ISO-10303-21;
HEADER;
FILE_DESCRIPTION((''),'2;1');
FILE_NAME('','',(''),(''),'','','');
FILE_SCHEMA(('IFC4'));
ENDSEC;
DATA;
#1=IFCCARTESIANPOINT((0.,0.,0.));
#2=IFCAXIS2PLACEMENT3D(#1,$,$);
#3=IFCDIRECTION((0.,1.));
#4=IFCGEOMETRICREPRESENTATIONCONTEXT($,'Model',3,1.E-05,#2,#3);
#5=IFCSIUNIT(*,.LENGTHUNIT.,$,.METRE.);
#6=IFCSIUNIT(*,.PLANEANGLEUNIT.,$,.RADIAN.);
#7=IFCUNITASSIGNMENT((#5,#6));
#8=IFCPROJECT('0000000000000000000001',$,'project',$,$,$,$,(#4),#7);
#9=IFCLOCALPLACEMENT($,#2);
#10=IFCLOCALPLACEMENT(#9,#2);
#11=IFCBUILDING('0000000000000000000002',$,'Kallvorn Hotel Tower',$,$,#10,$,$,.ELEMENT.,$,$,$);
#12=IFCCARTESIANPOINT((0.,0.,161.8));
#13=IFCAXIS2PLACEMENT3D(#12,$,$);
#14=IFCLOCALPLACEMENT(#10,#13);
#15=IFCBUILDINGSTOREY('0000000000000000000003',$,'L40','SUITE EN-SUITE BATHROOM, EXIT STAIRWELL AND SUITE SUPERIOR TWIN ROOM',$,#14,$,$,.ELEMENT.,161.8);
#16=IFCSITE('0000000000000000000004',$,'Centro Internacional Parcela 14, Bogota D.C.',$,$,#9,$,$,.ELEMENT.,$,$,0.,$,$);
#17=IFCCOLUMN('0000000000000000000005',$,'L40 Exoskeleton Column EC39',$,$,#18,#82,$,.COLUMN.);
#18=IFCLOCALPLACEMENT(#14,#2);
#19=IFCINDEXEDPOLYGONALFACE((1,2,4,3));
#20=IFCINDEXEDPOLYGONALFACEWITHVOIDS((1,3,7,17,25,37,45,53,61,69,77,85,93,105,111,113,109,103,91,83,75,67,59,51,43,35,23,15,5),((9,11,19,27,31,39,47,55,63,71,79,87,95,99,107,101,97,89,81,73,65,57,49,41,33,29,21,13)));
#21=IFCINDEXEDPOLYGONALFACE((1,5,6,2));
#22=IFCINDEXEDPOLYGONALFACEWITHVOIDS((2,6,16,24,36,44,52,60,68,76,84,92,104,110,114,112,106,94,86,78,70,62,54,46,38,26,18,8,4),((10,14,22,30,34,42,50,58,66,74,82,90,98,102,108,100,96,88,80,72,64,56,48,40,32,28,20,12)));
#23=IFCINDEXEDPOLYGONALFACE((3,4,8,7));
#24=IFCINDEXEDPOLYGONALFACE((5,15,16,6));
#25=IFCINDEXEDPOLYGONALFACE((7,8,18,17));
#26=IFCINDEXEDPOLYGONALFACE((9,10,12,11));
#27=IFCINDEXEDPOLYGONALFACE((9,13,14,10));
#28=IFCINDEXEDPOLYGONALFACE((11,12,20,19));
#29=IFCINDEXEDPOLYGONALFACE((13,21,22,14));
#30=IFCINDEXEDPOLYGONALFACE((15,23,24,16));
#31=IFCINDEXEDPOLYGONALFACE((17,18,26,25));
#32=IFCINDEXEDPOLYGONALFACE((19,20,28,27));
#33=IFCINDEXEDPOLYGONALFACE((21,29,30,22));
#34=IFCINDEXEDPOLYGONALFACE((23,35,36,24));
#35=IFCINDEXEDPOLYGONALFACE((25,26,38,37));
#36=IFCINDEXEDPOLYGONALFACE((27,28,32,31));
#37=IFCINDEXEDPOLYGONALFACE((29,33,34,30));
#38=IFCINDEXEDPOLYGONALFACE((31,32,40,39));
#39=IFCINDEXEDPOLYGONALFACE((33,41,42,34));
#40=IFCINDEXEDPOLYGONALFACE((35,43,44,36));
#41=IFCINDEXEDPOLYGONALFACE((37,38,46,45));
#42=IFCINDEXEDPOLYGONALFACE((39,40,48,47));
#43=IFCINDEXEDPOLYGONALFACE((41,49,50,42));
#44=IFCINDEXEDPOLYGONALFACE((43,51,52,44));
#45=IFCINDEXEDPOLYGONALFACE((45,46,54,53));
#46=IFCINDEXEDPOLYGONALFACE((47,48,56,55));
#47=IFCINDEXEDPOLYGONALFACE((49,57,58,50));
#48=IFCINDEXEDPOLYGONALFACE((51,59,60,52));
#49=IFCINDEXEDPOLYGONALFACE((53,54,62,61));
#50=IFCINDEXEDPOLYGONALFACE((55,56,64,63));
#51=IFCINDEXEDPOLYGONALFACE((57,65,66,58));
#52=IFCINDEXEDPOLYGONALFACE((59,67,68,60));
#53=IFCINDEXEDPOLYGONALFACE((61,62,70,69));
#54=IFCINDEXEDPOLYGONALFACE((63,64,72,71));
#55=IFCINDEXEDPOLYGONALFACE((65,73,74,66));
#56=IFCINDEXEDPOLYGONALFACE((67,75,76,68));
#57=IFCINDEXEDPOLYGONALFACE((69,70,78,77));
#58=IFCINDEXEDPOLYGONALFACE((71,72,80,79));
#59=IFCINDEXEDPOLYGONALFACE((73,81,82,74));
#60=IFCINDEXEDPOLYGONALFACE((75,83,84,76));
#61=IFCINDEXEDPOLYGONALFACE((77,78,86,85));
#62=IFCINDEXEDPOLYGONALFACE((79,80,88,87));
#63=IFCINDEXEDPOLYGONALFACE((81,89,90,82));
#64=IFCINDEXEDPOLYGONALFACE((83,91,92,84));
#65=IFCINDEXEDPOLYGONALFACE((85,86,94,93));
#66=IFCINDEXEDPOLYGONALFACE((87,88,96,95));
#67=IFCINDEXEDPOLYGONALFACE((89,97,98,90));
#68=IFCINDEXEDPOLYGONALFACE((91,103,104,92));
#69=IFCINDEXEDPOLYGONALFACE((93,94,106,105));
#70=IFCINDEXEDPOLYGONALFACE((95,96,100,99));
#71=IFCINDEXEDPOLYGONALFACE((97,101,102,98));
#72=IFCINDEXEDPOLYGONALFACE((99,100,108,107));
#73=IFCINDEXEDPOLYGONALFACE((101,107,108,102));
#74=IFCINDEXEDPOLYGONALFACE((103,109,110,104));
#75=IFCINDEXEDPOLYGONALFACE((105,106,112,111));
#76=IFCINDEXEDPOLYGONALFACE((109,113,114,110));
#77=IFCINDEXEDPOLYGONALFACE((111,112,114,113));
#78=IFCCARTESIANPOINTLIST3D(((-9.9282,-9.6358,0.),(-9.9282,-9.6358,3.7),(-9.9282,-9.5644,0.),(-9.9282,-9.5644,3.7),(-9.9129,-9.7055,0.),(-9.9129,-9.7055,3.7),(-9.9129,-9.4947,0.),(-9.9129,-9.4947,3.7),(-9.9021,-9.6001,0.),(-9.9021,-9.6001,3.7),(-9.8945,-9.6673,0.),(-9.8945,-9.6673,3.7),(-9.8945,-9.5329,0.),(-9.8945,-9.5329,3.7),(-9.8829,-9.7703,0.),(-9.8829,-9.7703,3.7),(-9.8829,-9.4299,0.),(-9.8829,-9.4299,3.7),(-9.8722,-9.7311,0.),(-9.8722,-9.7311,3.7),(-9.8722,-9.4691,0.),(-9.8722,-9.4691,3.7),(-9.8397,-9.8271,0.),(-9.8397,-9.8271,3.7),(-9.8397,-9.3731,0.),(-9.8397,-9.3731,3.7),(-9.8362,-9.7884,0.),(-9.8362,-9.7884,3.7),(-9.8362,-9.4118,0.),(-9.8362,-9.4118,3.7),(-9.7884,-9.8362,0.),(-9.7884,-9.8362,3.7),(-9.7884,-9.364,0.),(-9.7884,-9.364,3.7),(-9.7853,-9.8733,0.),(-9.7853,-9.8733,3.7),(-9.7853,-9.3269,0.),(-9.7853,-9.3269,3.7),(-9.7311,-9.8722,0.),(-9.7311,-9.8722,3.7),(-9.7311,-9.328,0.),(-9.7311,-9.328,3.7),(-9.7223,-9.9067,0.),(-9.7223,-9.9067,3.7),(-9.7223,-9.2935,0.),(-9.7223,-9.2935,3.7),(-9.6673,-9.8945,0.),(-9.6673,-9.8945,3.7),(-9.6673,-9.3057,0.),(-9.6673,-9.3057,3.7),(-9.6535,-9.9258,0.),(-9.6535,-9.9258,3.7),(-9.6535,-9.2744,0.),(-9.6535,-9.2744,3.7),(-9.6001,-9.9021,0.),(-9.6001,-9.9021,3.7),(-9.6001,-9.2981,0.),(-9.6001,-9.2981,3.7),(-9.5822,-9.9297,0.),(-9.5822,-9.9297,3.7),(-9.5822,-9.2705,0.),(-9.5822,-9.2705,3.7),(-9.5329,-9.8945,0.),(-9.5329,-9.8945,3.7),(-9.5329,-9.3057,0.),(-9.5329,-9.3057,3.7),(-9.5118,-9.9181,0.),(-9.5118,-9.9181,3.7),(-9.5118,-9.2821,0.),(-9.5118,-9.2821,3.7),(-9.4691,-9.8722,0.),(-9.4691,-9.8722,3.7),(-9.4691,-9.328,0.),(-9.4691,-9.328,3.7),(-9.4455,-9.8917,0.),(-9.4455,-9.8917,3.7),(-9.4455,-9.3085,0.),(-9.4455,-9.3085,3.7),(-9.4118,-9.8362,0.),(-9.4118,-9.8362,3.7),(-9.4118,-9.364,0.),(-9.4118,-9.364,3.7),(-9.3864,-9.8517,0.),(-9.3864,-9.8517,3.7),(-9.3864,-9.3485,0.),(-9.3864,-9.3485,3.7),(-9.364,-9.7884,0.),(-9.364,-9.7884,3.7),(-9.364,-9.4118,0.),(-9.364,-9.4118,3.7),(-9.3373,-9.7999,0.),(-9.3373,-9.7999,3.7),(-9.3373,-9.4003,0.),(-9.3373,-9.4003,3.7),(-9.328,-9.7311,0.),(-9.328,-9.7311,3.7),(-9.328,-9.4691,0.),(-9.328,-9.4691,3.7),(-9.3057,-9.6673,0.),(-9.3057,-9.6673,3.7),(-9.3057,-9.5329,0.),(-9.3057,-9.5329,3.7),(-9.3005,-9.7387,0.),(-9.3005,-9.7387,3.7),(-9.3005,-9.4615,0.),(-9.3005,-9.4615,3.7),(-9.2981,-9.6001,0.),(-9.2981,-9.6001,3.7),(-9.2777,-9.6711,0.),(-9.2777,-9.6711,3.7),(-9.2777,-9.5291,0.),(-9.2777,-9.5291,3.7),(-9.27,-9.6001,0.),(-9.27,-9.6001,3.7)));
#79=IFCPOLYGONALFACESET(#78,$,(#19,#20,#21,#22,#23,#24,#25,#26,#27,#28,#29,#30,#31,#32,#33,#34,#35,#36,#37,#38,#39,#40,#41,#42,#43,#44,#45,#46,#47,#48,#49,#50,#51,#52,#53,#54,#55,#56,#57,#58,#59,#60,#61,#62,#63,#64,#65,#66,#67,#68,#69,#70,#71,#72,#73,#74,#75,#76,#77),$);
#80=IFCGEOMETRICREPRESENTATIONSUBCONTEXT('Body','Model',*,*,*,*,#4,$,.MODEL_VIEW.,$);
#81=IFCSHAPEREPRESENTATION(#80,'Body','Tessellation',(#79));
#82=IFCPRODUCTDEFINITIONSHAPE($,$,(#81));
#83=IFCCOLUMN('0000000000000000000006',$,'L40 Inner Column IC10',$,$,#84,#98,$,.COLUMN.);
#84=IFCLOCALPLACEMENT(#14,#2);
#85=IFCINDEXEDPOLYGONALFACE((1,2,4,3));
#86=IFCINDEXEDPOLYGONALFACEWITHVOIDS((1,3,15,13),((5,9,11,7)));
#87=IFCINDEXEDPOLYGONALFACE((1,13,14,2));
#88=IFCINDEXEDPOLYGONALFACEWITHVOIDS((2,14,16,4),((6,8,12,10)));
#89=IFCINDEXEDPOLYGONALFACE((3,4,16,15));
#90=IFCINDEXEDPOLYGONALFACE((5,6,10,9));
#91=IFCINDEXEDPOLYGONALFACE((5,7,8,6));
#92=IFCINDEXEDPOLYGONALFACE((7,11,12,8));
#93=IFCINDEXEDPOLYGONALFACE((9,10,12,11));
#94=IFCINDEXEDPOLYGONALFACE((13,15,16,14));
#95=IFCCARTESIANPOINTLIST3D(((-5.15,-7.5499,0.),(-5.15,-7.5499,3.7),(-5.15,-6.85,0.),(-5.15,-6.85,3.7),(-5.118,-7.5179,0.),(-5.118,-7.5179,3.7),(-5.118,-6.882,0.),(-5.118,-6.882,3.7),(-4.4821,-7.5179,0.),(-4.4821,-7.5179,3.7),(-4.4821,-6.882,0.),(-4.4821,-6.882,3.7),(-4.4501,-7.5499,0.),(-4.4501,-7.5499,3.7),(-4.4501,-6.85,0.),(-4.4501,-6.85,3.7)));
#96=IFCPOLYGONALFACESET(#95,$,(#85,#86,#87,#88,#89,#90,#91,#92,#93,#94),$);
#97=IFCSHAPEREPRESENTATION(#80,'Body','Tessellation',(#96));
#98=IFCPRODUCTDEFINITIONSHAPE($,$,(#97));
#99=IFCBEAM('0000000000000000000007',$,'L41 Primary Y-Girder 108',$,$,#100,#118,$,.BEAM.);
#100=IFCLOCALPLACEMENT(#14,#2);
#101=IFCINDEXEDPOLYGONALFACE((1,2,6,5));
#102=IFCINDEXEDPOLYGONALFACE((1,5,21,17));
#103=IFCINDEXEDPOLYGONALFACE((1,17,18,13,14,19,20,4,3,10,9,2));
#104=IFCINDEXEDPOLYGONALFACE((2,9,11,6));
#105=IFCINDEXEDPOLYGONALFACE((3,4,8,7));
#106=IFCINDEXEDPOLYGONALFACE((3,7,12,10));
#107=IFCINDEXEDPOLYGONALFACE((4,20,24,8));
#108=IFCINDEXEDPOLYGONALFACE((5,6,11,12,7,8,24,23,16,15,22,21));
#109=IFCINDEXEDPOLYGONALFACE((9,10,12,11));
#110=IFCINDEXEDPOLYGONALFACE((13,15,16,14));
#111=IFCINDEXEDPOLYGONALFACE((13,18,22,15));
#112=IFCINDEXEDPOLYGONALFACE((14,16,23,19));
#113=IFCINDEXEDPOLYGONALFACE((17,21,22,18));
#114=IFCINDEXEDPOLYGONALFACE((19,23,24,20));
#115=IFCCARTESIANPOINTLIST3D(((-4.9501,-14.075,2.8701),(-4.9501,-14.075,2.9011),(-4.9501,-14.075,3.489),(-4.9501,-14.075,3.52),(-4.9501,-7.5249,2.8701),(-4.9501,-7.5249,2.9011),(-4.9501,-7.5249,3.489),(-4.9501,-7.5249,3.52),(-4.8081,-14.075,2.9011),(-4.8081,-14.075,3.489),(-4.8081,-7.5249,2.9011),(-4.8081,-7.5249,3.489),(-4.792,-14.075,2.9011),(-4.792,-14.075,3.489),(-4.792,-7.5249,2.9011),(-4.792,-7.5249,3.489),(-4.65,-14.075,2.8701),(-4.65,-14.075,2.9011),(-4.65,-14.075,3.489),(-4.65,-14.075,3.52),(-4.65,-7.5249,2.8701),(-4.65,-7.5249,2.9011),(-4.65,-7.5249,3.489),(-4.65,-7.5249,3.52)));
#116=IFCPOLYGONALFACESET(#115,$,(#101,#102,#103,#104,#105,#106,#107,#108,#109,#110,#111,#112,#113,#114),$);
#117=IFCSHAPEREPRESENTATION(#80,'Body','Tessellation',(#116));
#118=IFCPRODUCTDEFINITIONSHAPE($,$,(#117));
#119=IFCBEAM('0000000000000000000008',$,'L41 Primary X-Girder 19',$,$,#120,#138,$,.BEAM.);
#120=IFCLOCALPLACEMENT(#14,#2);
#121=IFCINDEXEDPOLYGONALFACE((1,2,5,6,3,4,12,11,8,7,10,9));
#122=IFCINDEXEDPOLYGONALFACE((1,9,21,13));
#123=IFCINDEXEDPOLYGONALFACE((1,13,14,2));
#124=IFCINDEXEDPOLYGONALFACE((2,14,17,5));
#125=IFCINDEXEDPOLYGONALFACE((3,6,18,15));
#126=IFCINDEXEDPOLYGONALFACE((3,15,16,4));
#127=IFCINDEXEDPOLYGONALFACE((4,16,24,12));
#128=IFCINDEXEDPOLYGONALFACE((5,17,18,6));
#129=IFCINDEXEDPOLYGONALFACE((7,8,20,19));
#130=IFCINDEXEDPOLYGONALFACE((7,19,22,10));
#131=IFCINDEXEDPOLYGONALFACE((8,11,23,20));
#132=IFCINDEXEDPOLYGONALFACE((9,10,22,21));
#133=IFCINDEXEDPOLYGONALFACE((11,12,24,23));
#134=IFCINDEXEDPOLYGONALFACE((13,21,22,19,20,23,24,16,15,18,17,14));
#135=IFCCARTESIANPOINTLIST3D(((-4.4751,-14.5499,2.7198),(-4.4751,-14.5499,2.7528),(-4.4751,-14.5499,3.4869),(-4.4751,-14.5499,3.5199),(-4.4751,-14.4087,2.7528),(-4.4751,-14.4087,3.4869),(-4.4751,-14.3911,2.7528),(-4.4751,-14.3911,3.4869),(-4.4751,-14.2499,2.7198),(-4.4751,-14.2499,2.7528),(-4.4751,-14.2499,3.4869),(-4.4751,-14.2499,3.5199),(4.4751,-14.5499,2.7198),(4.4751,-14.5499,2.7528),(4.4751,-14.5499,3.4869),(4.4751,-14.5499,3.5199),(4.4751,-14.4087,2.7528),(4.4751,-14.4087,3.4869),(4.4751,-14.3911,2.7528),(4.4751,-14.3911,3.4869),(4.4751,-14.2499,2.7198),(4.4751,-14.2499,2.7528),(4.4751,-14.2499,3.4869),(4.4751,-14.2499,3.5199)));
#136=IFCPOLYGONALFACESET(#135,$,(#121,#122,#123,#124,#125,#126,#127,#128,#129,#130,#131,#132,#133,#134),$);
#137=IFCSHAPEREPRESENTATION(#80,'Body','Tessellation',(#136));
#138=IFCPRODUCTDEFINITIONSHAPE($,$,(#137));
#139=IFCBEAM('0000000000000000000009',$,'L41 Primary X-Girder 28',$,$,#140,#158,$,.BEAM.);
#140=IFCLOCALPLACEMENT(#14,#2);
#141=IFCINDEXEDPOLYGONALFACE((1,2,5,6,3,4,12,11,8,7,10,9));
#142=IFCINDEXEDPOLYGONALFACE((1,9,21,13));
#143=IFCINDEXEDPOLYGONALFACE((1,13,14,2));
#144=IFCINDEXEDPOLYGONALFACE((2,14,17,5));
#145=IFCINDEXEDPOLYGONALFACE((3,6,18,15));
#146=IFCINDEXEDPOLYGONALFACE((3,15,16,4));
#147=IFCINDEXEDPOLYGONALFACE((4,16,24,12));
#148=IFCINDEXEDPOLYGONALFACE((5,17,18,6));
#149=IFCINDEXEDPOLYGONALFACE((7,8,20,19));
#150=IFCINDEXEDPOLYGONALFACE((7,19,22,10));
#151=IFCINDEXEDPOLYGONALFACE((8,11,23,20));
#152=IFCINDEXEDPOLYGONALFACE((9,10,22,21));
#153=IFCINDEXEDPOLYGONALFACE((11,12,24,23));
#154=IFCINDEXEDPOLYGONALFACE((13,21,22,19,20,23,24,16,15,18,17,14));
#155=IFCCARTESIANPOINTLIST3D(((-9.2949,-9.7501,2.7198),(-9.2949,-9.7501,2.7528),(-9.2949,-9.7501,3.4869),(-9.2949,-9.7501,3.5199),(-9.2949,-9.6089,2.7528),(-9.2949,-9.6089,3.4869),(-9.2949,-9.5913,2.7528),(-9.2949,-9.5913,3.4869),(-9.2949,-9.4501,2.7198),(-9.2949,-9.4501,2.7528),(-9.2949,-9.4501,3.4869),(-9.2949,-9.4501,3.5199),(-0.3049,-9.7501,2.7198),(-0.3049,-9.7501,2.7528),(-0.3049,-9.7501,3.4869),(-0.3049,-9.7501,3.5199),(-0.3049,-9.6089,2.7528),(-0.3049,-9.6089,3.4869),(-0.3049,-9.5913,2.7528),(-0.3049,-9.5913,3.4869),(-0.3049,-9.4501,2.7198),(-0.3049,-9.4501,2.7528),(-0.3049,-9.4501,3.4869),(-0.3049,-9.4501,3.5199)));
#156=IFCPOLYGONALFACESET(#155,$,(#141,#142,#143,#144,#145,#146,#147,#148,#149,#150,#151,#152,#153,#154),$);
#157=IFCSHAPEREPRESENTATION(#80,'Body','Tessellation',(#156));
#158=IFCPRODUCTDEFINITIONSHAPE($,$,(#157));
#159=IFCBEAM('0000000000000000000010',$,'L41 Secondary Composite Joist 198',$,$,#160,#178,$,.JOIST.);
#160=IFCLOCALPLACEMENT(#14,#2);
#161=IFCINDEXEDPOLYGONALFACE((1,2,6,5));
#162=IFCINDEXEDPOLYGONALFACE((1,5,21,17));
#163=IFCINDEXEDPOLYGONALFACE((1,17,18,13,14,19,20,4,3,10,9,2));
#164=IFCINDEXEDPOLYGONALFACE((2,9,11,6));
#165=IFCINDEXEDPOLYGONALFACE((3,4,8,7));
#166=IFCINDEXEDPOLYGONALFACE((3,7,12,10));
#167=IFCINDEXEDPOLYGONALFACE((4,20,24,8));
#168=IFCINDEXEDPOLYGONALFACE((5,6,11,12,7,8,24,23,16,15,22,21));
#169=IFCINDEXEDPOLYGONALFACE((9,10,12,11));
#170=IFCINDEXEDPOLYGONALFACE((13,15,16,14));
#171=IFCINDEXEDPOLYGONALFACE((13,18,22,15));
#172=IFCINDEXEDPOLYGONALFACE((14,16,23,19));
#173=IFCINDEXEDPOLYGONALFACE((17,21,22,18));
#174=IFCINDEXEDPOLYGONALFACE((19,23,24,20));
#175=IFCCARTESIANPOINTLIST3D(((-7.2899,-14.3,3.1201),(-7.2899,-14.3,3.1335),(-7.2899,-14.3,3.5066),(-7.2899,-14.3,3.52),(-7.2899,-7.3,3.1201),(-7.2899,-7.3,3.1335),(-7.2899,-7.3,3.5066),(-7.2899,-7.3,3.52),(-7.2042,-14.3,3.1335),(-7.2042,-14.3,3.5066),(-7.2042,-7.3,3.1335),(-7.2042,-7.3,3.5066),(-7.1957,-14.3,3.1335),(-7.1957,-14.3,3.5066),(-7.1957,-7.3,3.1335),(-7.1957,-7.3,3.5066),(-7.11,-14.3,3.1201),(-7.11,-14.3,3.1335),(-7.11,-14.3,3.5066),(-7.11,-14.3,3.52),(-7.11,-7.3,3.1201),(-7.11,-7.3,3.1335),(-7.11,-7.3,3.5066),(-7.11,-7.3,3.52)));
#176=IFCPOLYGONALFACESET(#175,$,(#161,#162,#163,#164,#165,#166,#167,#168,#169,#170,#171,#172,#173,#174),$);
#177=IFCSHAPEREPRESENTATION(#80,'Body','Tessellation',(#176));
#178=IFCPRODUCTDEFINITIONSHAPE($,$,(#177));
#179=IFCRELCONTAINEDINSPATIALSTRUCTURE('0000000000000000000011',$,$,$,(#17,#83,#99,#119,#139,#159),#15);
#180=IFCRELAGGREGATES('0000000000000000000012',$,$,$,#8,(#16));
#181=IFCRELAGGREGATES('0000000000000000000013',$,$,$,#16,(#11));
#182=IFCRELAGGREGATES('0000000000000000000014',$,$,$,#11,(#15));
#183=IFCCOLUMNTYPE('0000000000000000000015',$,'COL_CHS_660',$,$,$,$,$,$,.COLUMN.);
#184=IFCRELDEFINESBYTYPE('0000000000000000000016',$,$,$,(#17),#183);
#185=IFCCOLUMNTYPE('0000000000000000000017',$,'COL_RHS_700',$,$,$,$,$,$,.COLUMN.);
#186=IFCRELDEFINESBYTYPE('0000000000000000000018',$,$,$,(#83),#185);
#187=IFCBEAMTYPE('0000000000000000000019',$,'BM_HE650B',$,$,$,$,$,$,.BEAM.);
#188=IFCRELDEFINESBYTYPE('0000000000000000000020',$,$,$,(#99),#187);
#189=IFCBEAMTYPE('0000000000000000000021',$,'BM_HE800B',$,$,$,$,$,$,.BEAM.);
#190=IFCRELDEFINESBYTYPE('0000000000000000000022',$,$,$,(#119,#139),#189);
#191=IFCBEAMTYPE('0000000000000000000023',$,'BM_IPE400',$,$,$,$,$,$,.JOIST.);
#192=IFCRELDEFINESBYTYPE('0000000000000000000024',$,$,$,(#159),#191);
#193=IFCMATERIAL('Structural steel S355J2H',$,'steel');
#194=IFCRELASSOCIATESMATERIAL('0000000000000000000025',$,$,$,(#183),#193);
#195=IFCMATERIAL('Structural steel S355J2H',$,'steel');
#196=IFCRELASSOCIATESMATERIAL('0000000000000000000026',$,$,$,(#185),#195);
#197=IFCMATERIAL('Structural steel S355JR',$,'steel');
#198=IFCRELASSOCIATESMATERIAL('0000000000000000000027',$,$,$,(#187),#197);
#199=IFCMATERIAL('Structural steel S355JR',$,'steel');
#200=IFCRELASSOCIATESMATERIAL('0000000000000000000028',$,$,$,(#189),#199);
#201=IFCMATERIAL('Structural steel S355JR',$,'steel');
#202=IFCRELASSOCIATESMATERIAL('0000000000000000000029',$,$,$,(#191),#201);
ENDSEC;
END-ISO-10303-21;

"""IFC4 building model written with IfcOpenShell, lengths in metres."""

from ifc_helpers import new_model, si_unit, direction, frame, origin, origin_2d, place, context, subcontext, project, spatial, hollow_rectangle, hollow_circle, i_section, extrude, material, material_profile, profile_set, type_object, element, save


model = new_model("IFC4")

# Units and contexts
model_context = context("Model", 3, precision=1e-05, world=origin(), true_north=direction((0.0, 1.0)))
body_context = subcontext(model_context, "Body", "Model", "MODEL_VIEW")
ifc_project = project(units=[si_unit("LENGTHUNIT", "METRE"), si_unit("PLANEANGLEUNIT", "RADIAN")], contexts=[model_context])

# Site, building, storey
site_placement = place(None, origin())
site = spatial("IfcSite", under=ifc_project, at=site_placement, Name="Centro Internacional Parcela 14, Bogota D.C.", CompositionType="ELEMENT", RefElevation=0.0)
building_placement = place(site_placement, origin())
building = spatial("IfcBuilding", under=site, at=building_placement, Name="Kallvorn Hotel Tower", CompositionType="ELEMENT")
storey_placement = place(building_placement, frame((0.0, 0.0, 161.8)))
storey = spatial("IfcBuildingStorey", under=building, at=storey_placement, Name="L40", Description="SUITE EN-SUITE BATHROOM, EXIT STAIRWELL AND SUITE SUPERIOR TWIN ROOM", CompositionType="ELEMENT", Elevation=161.8)

# Columns
ifc_material_1 = material(Name="Structural steel S355J2H", Category="steel")
ifc_material_profile_1 = material_profile(ifc_material_1, hollow_circle(Radius=0.3301, WallThickness=0.0281, at=origin_2d()), Name="CHS 660x28")
ifc_profile_set_1 = profile_set([ifc_material_profile_1], Name="Structural steel S355J2H")
column_type_1 = type_object("IfcColumnType", Name="COL_CHS_660", PredefinedType="COLUMN", material=ifc_profile_set_1)
column_1_placement = place(storey_placement, frame((-9.6001, -9.6001, 0.0), z_axis=(0.0, 0.0, 1.0), x_axis=(1.0, 0.0, 0.0)))
element("IfcColumn", 1, at=column_1_placement, inside=storey, type_object=column_type_1, Name="L40 Exoskeleton Column EC39", PredefinedType="COLUMN", context=body_context, shape_type="SweptSolid", body=[
    extrude(hollow_circle(Radius=0.3301, WallThickness=0.0281, at=origin_2d()), origin(), (0.0, 0.0, 1.0), 3.7),
])
ifc_material_2 = material(Name="Structural steel S355J2H", Category="steel")
ifc_material_profile_2 = material_profile(ifc_material_2, hollow_rectangle(XDim=0.7, YDim=0.7, WallThickness=0.032, at=origin_2d()), Name="RHS 700x700x32")
ifc_profile_set_2 = profile_set([ifc_material_profile_2], Name="Structural steel S355J2H")
column_type_2 = type_object("IfcColumnType", Name="COL_RHS_700", PredefinedType="COLUMN", material=ifc_profile_set_2)
column_2_placement = place(storey_placement, frame((-4.8, -7.2, 0.0), z_axis=(0.0, 0.0, 1.0), x_axis=(1.0, 0.0, 0.0)))
element("IfcColumn", 2, at=column_2_placement, inside=storey, type_object=column_type_2, Name="L40 Inner Column IC10", PredefinedType="COLUMN", context=body_context, shape_type="SweptSolid", body=[
    extrude(hollow_rectangle(XDim=0.7, YDim=0.7, WallThickness=0.032, at=origin_2d()), origin(), (0.0, 0.0, 1.0), 3.7),
])

# Beams
ifc_material_3 = material(Name="Structural steel S355JR", Category="steel")
ifc_material_profile_3 = material_profile(ifc_material_3, i_section(OverallWidth=0.3, OverallDepth=0.6499, WebThickness=0.0161, FlangeThickness=0.031, at=origin_2d()), Name="HE 650 B")
ifc_profile_set_3 = profile_set([ifc_material_profile_3], Name="Structural steel S355JR")
beam_type_1 = type_object("IfcBeamType", Name="BM_HE650B", PredefinedType="BEAM", material=ifc_profile_set_3)
beam_1_placement = place(storey_placement, frame((-4.8, -14.075, 3.1951), z_axis=(0.0, 1.0, 0.0), x_axis=(-1.0, 0.0, 0.0)))
element("IfcBeam", 3, at=beam_1_placement, inside=storey, type_object=beam_type_1, Name="L41 Primary Y-Girder 108", PredefinedType="BEAM", context=body_context, shape_type="SweptSolid", body=[
    extrude(i_section(OverallWidth=0.3, OverallDepth=0.6499, WebThickness=0.0161, FlangeThickness=0.031, at=origin_2d()), origin(), (0.0, 0.0, 1.0), 6.55),
])
ifc_material_4 = material(Name="Structural steel S355JR", Category="steel")
ifc_material_profile_4 = material_profile(ifc_material_4, i_section(OverallWidth=0.3, OverallDepth=0.8, WebThickness=0.0176, FlangeThickness=0.033, at=origin_2d()), Name="HE 800 B")
ifc_profile_set_4 = profile_set([ifc_material_profile_4], Name="Structural steel S355JR")
beam_type_2 = type_object("IfcBeamType", Name="BM_HE800B", PredefinedType="BEAM", material=ifc_profile_set_4)
beam_2_placement = place(storey_placement, frame((-4.4751, -14.3999, 3.1199), z_axis=(1.0, 0.0, 0.0), x_axis=(0.0, 1.0, 0.0)))
element("IfcBeam", 4, at=beam_2_placement, inside=storey, type_object=beam_type_2, Name="L41 Primary X-Girder 19", PredefinedType="BEAM", context=body_context, shape_type="SweptSolid", body=[
    extrude(i_section(OverallWidth=0.3, OverallDepth=0.8, WebThickness=0.0176, FlangeThickness=0.033, at=origin_2d()), origin(), (0.0, 0.0, 1.0), 8.9502),
])
beam_3_placement = place(storey_placement, frame((-9.2949, -9.6001, 3.1199), z_axis=(1.0, 0.0, 0.0), x_axis=(0.0, 1.0, 0.0)))
element("IfcBeam", 5, at=beam_3_placement, inside=storey, type_object=beam_type_2, Name="L41 Primary X-Girder 28", PredefinedType="BEAM", context=body_context, shape_type="SweptSolid", body=[
    extrude(i_section(OverallWidth=0.3, OverallDepth=0.8, WebThickness=0.0176, FlangeThickness=0.033, at=origin_2d()), origin(), (0.0, 0.0, 1.0), 8.99),
])
ifc_material_5 = material(Name="Structural steel S355JR", Category="steel")
ifc_material_profile_5 = material_profile(ifc_material_5, i_section(OverallWidth=0.1799, OverallDepth=0.3999, WebThickness=0.0085, FlangeThickness=0.0134, at=origin_2d()), Name="IPE 400")
ifc_profile_set_5 = profile_set([ifc_material_profile_5], Name="Structural steel S355JR")
beam_type_3 = type_object("IfcBeamType", Name="BM_IPE400", PredefinedType="JOIST", material=ifc_profile_set_5)
beam_4_placement = place(storey_placement, frame((-7.2, -14.3, 3.3201), z_axis=(0.0, 1.0, 0.0), x_axis=(-1.0, 0.0, 0.0)))
element("IfcBeam", 6, at=beam_4_placement, inside=storey, type_object=beam_type_3, Name="L41 Secondary Composite Joist 198", PredefinedType="JOIST", context=body_context, shape_type="SweptSolid", body=[
    extrude(i_section(OverallWidth=0.1799, OverallDepth=0.3999, WebThickness=0.0085, FlangeThickness=0.0134, at=origin_2d()), origin(), (0.0, 0.0, 1.0), 7.0),
])

save(model, "model.ifc")
